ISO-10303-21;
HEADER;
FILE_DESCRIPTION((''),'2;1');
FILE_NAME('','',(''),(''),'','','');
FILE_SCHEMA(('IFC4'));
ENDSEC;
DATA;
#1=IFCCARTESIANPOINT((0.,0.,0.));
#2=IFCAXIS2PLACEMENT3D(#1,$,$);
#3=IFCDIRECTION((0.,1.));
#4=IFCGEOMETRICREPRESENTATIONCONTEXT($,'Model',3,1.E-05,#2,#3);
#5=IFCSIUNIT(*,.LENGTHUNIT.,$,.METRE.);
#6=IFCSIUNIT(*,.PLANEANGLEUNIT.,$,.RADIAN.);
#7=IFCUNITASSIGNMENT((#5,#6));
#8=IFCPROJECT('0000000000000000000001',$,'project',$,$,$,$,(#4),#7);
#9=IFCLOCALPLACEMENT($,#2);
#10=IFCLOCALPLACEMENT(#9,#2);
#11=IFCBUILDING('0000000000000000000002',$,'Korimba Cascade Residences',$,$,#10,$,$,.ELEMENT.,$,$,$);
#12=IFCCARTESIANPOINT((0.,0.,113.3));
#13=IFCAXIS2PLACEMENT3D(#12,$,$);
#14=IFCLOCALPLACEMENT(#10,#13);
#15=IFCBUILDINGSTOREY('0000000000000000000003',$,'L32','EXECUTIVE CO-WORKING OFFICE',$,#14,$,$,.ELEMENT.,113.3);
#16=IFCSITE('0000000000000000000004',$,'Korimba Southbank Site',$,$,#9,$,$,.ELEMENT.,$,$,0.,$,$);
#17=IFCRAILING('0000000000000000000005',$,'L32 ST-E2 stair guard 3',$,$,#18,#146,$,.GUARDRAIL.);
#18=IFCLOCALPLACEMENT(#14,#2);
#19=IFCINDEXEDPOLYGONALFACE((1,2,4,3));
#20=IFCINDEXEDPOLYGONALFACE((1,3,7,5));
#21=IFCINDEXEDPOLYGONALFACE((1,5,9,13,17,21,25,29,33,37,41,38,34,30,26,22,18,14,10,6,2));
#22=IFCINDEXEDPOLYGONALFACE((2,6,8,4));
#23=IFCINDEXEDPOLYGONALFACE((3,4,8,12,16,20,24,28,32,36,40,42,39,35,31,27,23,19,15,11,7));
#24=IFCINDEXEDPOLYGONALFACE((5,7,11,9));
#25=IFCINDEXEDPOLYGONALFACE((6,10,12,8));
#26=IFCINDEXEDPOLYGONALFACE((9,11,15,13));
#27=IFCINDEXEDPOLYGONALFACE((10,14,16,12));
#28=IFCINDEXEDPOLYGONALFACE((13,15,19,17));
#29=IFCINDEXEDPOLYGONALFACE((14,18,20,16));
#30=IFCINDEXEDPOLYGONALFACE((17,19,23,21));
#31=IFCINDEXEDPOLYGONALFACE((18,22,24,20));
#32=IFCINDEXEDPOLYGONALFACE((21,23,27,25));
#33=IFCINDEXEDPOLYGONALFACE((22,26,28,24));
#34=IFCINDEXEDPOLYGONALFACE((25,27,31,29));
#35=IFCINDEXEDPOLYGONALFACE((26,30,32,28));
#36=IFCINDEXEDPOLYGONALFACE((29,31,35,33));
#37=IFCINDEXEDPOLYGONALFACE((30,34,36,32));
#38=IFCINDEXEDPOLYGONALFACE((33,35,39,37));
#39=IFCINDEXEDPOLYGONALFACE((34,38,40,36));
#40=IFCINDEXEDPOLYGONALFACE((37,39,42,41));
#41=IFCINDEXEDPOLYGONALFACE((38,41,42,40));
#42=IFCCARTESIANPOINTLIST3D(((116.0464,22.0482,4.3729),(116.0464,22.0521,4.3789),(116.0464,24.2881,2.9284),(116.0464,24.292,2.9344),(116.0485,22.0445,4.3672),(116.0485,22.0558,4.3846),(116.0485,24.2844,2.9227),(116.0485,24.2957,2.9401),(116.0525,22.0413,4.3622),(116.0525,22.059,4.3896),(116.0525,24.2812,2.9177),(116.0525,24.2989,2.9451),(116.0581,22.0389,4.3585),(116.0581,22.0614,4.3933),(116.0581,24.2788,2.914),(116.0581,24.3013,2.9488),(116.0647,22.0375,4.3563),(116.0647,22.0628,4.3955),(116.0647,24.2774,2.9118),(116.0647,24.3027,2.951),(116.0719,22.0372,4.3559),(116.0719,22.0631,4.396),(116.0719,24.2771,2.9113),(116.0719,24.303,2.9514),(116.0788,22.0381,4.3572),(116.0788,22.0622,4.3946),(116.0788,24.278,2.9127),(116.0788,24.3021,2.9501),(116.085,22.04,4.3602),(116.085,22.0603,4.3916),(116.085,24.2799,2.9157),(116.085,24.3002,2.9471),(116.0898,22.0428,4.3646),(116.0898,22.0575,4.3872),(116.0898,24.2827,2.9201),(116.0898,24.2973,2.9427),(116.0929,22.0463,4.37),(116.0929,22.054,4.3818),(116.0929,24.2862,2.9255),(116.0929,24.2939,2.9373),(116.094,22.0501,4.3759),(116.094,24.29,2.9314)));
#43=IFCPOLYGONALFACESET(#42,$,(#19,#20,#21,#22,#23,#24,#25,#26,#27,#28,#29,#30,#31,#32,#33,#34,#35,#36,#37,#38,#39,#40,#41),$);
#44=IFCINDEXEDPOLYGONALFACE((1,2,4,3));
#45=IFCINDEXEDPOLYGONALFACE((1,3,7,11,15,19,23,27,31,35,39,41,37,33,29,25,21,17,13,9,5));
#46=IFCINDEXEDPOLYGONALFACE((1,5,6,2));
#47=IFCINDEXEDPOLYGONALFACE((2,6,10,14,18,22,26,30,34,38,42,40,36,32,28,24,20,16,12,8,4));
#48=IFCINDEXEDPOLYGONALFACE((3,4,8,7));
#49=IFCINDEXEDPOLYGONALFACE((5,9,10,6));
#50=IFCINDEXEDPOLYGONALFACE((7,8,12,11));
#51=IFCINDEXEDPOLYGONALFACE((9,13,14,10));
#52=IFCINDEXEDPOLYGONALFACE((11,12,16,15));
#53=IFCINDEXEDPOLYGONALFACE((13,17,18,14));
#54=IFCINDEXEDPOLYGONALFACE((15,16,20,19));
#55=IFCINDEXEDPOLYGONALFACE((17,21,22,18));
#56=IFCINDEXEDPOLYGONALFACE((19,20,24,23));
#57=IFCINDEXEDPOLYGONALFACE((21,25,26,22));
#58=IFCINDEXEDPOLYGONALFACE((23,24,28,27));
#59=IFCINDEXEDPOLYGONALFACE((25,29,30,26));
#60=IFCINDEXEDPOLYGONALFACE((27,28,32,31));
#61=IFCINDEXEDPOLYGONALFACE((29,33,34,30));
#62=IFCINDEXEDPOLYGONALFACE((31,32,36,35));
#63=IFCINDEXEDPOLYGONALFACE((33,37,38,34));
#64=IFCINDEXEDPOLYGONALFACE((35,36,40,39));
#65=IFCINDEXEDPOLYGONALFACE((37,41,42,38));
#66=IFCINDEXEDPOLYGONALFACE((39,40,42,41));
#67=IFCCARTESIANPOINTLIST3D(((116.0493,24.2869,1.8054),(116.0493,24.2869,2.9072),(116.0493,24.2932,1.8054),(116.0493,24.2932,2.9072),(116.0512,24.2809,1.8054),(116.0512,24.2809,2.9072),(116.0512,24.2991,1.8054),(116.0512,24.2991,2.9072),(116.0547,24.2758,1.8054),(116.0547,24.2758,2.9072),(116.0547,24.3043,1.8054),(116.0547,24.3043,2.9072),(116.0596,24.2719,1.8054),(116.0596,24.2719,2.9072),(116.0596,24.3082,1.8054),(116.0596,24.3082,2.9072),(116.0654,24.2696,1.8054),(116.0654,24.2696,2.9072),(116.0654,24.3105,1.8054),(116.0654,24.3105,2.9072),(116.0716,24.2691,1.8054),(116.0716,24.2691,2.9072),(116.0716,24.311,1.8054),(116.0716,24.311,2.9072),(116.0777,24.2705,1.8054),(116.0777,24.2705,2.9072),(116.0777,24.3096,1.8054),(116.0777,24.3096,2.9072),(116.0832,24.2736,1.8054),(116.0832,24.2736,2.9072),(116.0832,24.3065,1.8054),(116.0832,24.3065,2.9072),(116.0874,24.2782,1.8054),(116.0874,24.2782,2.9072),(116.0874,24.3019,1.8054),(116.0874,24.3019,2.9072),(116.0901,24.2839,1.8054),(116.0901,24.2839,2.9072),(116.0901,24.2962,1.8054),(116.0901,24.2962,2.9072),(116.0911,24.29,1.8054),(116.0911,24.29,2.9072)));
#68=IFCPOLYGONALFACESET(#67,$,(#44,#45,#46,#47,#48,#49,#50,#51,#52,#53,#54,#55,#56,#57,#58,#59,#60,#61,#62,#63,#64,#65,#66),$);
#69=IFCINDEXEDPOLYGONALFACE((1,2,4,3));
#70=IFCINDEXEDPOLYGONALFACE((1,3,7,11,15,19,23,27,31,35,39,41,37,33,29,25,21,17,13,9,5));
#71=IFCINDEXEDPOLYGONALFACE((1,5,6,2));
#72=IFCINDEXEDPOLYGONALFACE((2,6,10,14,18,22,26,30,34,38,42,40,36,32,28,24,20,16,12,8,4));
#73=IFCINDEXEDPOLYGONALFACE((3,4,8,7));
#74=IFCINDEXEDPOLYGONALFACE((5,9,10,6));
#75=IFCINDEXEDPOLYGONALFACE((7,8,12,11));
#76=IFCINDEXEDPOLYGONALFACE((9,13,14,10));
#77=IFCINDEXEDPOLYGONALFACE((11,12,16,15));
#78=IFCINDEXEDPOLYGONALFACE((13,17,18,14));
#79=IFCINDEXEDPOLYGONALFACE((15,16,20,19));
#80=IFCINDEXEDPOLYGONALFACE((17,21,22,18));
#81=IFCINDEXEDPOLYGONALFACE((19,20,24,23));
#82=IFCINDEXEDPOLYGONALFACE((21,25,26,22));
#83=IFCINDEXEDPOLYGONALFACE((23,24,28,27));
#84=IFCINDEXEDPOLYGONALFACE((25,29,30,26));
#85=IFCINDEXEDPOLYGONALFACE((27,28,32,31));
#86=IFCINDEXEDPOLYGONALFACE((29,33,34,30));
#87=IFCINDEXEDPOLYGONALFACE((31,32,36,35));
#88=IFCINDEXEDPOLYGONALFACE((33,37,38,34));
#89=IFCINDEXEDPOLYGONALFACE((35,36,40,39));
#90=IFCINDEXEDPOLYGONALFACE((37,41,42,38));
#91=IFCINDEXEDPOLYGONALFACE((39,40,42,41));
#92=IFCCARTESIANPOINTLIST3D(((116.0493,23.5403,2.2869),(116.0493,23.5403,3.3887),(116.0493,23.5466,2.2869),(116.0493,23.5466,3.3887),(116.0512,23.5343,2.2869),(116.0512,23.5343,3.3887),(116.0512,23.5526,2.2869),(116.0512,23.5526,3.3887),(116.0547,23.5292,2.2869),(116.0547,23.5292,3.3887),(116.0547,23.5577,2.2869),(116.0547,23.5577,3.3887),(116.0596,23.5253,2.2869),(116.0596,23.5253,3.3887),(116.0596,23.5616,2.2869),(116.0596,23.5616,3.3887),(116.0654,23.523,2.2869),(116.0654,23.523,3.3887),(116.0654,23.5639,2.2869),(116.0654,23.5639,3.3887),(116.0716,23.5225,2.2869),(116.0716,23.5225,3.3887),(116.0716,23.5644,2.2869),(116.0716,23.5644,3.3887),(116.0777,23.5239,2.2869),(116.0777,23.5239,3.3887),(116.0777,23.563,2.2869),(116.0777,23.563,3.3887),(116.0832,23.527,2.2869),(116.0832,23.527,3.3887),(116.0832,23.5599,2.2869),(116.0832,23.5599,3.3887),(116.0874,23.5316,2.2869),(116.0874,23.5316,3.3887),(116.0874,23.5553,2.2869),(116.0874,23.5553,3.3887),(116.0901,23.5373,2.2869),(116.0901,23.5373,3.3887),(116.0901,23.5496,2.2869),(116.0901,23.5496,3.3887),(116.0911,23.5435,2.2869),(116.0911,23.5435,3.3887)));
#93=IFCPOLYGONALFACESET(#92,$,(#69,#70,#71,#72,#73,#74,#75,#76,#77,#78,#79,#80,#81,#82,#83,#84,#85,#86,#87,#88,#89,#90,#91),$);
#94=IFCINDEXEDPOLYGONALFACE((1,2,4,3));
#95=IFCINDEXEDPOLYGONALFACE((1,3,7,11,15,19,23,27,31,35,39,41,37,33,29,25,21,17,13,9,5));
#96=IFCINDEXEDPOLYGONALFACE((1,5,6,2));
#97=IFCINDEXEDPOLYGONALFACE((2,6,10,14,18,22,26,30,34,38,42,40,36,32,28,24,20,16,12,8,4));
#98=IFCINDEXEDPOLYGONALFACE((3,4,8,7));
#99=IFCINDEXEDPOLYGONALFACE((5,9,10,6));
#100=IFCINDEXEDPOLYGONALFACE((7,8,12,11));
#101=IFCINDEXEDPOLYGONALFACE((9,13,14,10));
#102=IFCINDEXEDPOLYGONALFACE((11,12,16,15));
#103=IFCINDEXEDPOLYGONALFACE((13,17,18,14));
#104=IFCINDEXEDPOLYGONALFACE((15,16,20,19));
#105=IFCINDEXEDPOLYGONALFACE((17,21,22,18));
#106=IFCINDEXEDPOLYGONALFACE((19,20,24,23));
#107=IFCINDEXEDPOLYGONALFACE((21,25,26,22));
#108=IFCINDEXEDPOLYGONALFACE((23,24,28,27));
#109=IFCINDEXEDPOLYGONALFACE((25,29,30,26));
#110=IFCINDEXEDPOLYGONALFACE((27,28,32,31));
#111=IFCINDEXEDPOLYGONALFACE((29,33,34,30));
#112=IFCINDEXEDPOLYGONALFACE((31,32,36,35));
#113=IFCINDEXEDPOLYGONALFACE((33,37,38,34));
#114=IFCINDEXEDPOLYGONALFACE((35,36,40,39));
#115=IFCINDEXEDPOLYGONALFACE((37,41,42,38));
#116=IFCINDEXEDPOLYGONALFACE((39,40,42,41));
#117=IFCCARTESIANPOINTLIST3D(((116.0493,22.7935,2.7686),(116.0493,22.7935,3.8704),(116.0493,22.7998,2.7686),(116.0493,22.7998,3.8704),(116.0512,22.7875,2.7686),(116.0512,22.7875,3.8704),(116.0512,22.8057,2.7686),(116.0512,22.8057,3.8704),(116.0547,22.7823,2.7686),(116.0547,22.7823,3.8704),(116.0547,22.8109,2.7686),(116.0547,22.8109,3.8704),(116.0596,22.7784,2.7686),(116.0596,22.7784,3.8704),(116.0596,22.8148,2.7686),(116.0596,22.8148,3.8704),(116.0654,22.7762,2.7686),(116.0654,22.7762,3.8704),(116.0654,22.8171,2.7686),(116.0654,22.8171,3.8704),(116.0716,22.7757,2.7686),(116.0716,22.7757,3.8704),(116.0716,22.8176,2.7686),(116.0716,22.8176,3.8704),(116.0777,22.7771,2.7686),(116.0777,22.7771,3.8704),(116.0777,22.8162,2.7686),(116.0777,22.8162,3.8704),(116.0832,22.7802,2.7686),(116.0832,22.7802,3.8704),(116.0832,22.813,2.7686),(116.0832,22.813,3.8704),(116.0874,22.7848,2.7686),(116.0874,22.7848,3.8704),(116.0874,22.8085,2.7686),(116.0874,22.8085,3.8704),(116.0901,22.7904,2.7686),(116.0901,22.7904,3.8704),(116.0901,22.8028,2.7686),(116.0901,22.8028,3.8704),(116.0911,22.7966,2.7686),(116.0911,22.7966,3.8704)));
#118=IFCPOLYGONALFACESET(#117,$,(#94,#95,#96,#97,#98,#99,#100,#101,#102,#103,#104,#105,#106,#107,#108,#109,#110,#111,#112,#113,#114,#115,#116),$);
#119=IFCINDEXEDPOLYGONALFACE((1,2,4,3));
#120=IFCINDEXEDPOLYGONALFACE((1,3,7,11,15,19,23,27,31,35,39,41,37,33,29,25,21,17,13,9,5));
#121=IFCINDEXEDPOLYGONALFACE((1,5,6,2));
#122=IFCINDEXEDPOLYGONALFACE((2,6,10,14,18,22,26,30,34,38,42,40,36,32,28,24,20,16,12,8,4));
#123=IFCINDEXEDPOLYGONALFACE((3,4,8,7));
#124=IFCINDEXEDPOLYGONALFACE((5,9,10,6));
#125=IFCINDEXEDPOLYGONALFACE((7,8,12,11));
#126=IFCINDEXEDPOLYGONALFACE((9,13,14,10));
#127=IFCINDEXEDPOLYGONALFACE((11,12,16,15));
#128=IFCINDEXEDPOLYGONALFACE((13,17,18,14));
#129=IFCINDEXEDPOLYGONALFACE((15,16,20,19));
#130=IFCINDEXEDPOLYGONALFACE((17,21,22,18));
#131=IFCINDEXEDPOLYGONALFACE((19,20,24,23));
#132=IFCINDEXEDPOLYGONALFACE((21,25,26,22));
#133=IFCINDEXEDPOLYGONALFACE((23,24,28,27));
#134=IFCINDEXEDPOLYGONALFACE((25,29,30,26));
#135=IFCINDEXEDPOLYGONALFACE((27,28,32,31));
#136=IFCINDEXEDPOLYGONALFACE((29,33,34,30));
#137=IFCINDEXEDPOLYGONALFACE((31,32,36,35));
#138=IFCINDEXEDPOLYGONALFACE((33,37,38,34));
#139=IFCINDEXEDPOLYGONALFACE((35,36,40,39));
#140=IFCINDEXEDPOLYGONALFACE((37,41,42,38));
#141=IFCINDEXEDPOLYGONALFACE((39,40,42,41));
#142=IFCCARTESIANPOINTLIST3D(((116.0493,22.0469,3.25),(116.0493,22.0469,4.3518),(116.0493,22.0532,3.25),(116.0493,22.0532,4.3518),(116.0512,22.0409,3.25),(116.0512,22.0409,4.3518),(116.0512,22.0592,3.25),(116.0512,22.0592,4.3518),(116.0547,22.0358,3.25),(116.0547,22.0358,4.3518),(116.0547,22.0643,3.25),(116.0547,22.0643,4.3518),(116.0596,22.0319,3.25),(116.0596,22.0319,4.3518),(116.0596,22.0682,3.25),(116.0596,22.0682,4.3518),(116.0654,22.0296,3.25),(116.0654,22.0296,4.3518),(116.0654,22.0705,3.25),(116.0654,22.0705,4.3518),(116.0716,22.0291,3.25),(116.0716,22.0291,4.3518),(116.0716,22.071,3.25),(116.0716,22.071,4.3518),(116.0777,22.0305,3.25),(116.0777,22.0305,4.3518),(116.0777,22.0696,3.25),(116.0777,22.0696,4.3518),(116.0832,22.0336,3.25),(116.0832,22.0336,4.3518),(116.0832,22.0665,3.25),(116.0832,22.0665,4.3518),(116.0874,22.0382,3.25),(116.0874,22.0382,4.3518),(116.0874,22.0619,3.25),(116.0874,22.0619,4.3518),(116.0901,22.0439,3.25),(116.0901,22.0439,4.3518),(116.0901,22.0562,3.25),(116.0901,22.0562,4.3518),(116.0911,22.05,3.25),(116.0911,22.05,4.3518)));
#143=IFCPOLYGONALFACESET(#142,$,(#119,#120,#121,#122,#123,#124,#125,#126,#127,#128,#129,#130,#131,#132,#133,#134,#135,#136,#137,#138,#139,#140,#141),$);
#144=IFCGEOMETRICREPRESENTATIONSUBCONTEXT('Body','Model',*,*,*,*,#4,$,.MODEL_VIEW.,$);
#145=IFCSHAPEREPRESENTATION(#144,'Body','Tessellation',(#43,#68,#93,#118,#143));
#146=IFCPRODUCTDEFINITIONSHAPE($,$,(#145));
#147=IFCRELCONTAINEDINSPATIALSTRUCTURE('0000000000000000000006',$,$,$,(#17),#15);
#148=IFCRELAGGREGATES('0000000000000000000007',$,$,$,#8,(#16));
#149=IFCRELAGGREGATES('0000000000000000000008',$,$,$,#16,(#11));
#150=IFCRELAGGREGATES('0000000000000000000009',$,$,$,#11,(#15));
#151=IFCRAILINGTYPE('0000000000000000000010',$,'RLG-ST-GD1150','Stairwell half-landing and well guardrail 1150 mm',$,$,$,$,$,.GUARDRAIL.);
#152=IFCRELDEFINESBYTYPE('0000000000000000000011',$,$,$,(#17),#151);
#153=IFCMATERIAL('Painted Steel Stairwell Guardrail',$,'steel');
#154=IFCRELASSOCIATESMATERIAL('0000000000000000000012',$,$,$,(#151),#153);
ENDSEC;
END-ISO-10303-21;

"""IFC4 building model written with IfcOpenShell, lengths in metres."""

from ifc_helpers import new_model, si_unit, direction, frame, origin, origin_2d, place, context, subcontext, project, spatial, circle, extrude, material, type_object, element, save


model = new_model("IFC4")

# Units and contexts
model_context = context("Model", 3, precision=1e-05, world=origin(), true_north=direction((0.0, 1.0)))
body_context = subcontext(model_context, "Body", "Model", "MODEL_VIEW")
ifc_project = project(units=[si_unit("LENGTHUNIT", "METRE"), si_unit("PLANEANGLEUNIT", "RADIAN")], contexts=[model_context])

# Site, building, storey
site_placement = place(None, origin())
site = spatial("IfcSite", under=ifc_project, at=site_placement, Name="Korimba Southbank Site", CompositionType="ELEMENT", RefElevation=0.0)
building_placement = place(site_placement, origin())
building = spatial("IfcBuilding", under=site, at=building_placement, Name="Korimba Cascade Residences", CompositionType="ELEMENT")
storey_placement = place(building_placement, frame((0.0, 0.0, 113.3)))
storey = spatial("IfcBuildingStorey", under=building, at=storey_placement, Name="L32", Description="EXECUTIVE CO-WORKING OFFICE", CompositionType="ELEMENT", Elevation=113.3)

# Railing
ifc_material_1 = material(Name="Painted Steel Stairwell Guardrail", Category="steel")
railing_type_1 = type_object("IfcRailingType", Name="RLG-ST-GD1150", Description="Stairwell half-landing and well guardrail 1150 mm", PredefinedType="GUARDRAIL", material=ifc_material_1)
railing_1_placement = place(storey_placement, frame((116.0701, 24.29, 1.8054)))
element("IfcRailing", 1, at=railing_1_placement, inside=storey, type_object=railing_type_1, Name="L32 ST-E2 stair guard 3", PredefinedType="GUARDRAIL", context=body_context, shape_type="SweptSolid", body=[
    extrude(circle(Radius=0.0239, at=origin_2d()), frame((0.0, 0.0, 1.126), z_axis=(0.0, -0.840395, 0.541975), x_axis=(1.0, 0.0, 0.0)), (0.0, 0.0, 1.0), 2.6653),
    extrude(circle(Radius=0.021, at=origin_2d()), origin(), (0.0, 0.0, 1.0), 1.1018),
    extrude(circle(Radius=0.021, at=origin_2d()), frame((0.0, -0.7466, 0.4814)), (0.0, 0.0, 1.0), 1.1018),
    extrude(circle(Radius=0.021, at=origin_2d()), frame((0.0, -1.4934, 0.9631)), (0.0, 0.0, 1.0), 1.1018),
    extrude(circle(Radius=0.021, at=origin_2d()), frame((0.0, -2.24, 1.4446)), (0.0, 0.0, 1.0), 1.1018),
])

save(model, "model.ifc")
